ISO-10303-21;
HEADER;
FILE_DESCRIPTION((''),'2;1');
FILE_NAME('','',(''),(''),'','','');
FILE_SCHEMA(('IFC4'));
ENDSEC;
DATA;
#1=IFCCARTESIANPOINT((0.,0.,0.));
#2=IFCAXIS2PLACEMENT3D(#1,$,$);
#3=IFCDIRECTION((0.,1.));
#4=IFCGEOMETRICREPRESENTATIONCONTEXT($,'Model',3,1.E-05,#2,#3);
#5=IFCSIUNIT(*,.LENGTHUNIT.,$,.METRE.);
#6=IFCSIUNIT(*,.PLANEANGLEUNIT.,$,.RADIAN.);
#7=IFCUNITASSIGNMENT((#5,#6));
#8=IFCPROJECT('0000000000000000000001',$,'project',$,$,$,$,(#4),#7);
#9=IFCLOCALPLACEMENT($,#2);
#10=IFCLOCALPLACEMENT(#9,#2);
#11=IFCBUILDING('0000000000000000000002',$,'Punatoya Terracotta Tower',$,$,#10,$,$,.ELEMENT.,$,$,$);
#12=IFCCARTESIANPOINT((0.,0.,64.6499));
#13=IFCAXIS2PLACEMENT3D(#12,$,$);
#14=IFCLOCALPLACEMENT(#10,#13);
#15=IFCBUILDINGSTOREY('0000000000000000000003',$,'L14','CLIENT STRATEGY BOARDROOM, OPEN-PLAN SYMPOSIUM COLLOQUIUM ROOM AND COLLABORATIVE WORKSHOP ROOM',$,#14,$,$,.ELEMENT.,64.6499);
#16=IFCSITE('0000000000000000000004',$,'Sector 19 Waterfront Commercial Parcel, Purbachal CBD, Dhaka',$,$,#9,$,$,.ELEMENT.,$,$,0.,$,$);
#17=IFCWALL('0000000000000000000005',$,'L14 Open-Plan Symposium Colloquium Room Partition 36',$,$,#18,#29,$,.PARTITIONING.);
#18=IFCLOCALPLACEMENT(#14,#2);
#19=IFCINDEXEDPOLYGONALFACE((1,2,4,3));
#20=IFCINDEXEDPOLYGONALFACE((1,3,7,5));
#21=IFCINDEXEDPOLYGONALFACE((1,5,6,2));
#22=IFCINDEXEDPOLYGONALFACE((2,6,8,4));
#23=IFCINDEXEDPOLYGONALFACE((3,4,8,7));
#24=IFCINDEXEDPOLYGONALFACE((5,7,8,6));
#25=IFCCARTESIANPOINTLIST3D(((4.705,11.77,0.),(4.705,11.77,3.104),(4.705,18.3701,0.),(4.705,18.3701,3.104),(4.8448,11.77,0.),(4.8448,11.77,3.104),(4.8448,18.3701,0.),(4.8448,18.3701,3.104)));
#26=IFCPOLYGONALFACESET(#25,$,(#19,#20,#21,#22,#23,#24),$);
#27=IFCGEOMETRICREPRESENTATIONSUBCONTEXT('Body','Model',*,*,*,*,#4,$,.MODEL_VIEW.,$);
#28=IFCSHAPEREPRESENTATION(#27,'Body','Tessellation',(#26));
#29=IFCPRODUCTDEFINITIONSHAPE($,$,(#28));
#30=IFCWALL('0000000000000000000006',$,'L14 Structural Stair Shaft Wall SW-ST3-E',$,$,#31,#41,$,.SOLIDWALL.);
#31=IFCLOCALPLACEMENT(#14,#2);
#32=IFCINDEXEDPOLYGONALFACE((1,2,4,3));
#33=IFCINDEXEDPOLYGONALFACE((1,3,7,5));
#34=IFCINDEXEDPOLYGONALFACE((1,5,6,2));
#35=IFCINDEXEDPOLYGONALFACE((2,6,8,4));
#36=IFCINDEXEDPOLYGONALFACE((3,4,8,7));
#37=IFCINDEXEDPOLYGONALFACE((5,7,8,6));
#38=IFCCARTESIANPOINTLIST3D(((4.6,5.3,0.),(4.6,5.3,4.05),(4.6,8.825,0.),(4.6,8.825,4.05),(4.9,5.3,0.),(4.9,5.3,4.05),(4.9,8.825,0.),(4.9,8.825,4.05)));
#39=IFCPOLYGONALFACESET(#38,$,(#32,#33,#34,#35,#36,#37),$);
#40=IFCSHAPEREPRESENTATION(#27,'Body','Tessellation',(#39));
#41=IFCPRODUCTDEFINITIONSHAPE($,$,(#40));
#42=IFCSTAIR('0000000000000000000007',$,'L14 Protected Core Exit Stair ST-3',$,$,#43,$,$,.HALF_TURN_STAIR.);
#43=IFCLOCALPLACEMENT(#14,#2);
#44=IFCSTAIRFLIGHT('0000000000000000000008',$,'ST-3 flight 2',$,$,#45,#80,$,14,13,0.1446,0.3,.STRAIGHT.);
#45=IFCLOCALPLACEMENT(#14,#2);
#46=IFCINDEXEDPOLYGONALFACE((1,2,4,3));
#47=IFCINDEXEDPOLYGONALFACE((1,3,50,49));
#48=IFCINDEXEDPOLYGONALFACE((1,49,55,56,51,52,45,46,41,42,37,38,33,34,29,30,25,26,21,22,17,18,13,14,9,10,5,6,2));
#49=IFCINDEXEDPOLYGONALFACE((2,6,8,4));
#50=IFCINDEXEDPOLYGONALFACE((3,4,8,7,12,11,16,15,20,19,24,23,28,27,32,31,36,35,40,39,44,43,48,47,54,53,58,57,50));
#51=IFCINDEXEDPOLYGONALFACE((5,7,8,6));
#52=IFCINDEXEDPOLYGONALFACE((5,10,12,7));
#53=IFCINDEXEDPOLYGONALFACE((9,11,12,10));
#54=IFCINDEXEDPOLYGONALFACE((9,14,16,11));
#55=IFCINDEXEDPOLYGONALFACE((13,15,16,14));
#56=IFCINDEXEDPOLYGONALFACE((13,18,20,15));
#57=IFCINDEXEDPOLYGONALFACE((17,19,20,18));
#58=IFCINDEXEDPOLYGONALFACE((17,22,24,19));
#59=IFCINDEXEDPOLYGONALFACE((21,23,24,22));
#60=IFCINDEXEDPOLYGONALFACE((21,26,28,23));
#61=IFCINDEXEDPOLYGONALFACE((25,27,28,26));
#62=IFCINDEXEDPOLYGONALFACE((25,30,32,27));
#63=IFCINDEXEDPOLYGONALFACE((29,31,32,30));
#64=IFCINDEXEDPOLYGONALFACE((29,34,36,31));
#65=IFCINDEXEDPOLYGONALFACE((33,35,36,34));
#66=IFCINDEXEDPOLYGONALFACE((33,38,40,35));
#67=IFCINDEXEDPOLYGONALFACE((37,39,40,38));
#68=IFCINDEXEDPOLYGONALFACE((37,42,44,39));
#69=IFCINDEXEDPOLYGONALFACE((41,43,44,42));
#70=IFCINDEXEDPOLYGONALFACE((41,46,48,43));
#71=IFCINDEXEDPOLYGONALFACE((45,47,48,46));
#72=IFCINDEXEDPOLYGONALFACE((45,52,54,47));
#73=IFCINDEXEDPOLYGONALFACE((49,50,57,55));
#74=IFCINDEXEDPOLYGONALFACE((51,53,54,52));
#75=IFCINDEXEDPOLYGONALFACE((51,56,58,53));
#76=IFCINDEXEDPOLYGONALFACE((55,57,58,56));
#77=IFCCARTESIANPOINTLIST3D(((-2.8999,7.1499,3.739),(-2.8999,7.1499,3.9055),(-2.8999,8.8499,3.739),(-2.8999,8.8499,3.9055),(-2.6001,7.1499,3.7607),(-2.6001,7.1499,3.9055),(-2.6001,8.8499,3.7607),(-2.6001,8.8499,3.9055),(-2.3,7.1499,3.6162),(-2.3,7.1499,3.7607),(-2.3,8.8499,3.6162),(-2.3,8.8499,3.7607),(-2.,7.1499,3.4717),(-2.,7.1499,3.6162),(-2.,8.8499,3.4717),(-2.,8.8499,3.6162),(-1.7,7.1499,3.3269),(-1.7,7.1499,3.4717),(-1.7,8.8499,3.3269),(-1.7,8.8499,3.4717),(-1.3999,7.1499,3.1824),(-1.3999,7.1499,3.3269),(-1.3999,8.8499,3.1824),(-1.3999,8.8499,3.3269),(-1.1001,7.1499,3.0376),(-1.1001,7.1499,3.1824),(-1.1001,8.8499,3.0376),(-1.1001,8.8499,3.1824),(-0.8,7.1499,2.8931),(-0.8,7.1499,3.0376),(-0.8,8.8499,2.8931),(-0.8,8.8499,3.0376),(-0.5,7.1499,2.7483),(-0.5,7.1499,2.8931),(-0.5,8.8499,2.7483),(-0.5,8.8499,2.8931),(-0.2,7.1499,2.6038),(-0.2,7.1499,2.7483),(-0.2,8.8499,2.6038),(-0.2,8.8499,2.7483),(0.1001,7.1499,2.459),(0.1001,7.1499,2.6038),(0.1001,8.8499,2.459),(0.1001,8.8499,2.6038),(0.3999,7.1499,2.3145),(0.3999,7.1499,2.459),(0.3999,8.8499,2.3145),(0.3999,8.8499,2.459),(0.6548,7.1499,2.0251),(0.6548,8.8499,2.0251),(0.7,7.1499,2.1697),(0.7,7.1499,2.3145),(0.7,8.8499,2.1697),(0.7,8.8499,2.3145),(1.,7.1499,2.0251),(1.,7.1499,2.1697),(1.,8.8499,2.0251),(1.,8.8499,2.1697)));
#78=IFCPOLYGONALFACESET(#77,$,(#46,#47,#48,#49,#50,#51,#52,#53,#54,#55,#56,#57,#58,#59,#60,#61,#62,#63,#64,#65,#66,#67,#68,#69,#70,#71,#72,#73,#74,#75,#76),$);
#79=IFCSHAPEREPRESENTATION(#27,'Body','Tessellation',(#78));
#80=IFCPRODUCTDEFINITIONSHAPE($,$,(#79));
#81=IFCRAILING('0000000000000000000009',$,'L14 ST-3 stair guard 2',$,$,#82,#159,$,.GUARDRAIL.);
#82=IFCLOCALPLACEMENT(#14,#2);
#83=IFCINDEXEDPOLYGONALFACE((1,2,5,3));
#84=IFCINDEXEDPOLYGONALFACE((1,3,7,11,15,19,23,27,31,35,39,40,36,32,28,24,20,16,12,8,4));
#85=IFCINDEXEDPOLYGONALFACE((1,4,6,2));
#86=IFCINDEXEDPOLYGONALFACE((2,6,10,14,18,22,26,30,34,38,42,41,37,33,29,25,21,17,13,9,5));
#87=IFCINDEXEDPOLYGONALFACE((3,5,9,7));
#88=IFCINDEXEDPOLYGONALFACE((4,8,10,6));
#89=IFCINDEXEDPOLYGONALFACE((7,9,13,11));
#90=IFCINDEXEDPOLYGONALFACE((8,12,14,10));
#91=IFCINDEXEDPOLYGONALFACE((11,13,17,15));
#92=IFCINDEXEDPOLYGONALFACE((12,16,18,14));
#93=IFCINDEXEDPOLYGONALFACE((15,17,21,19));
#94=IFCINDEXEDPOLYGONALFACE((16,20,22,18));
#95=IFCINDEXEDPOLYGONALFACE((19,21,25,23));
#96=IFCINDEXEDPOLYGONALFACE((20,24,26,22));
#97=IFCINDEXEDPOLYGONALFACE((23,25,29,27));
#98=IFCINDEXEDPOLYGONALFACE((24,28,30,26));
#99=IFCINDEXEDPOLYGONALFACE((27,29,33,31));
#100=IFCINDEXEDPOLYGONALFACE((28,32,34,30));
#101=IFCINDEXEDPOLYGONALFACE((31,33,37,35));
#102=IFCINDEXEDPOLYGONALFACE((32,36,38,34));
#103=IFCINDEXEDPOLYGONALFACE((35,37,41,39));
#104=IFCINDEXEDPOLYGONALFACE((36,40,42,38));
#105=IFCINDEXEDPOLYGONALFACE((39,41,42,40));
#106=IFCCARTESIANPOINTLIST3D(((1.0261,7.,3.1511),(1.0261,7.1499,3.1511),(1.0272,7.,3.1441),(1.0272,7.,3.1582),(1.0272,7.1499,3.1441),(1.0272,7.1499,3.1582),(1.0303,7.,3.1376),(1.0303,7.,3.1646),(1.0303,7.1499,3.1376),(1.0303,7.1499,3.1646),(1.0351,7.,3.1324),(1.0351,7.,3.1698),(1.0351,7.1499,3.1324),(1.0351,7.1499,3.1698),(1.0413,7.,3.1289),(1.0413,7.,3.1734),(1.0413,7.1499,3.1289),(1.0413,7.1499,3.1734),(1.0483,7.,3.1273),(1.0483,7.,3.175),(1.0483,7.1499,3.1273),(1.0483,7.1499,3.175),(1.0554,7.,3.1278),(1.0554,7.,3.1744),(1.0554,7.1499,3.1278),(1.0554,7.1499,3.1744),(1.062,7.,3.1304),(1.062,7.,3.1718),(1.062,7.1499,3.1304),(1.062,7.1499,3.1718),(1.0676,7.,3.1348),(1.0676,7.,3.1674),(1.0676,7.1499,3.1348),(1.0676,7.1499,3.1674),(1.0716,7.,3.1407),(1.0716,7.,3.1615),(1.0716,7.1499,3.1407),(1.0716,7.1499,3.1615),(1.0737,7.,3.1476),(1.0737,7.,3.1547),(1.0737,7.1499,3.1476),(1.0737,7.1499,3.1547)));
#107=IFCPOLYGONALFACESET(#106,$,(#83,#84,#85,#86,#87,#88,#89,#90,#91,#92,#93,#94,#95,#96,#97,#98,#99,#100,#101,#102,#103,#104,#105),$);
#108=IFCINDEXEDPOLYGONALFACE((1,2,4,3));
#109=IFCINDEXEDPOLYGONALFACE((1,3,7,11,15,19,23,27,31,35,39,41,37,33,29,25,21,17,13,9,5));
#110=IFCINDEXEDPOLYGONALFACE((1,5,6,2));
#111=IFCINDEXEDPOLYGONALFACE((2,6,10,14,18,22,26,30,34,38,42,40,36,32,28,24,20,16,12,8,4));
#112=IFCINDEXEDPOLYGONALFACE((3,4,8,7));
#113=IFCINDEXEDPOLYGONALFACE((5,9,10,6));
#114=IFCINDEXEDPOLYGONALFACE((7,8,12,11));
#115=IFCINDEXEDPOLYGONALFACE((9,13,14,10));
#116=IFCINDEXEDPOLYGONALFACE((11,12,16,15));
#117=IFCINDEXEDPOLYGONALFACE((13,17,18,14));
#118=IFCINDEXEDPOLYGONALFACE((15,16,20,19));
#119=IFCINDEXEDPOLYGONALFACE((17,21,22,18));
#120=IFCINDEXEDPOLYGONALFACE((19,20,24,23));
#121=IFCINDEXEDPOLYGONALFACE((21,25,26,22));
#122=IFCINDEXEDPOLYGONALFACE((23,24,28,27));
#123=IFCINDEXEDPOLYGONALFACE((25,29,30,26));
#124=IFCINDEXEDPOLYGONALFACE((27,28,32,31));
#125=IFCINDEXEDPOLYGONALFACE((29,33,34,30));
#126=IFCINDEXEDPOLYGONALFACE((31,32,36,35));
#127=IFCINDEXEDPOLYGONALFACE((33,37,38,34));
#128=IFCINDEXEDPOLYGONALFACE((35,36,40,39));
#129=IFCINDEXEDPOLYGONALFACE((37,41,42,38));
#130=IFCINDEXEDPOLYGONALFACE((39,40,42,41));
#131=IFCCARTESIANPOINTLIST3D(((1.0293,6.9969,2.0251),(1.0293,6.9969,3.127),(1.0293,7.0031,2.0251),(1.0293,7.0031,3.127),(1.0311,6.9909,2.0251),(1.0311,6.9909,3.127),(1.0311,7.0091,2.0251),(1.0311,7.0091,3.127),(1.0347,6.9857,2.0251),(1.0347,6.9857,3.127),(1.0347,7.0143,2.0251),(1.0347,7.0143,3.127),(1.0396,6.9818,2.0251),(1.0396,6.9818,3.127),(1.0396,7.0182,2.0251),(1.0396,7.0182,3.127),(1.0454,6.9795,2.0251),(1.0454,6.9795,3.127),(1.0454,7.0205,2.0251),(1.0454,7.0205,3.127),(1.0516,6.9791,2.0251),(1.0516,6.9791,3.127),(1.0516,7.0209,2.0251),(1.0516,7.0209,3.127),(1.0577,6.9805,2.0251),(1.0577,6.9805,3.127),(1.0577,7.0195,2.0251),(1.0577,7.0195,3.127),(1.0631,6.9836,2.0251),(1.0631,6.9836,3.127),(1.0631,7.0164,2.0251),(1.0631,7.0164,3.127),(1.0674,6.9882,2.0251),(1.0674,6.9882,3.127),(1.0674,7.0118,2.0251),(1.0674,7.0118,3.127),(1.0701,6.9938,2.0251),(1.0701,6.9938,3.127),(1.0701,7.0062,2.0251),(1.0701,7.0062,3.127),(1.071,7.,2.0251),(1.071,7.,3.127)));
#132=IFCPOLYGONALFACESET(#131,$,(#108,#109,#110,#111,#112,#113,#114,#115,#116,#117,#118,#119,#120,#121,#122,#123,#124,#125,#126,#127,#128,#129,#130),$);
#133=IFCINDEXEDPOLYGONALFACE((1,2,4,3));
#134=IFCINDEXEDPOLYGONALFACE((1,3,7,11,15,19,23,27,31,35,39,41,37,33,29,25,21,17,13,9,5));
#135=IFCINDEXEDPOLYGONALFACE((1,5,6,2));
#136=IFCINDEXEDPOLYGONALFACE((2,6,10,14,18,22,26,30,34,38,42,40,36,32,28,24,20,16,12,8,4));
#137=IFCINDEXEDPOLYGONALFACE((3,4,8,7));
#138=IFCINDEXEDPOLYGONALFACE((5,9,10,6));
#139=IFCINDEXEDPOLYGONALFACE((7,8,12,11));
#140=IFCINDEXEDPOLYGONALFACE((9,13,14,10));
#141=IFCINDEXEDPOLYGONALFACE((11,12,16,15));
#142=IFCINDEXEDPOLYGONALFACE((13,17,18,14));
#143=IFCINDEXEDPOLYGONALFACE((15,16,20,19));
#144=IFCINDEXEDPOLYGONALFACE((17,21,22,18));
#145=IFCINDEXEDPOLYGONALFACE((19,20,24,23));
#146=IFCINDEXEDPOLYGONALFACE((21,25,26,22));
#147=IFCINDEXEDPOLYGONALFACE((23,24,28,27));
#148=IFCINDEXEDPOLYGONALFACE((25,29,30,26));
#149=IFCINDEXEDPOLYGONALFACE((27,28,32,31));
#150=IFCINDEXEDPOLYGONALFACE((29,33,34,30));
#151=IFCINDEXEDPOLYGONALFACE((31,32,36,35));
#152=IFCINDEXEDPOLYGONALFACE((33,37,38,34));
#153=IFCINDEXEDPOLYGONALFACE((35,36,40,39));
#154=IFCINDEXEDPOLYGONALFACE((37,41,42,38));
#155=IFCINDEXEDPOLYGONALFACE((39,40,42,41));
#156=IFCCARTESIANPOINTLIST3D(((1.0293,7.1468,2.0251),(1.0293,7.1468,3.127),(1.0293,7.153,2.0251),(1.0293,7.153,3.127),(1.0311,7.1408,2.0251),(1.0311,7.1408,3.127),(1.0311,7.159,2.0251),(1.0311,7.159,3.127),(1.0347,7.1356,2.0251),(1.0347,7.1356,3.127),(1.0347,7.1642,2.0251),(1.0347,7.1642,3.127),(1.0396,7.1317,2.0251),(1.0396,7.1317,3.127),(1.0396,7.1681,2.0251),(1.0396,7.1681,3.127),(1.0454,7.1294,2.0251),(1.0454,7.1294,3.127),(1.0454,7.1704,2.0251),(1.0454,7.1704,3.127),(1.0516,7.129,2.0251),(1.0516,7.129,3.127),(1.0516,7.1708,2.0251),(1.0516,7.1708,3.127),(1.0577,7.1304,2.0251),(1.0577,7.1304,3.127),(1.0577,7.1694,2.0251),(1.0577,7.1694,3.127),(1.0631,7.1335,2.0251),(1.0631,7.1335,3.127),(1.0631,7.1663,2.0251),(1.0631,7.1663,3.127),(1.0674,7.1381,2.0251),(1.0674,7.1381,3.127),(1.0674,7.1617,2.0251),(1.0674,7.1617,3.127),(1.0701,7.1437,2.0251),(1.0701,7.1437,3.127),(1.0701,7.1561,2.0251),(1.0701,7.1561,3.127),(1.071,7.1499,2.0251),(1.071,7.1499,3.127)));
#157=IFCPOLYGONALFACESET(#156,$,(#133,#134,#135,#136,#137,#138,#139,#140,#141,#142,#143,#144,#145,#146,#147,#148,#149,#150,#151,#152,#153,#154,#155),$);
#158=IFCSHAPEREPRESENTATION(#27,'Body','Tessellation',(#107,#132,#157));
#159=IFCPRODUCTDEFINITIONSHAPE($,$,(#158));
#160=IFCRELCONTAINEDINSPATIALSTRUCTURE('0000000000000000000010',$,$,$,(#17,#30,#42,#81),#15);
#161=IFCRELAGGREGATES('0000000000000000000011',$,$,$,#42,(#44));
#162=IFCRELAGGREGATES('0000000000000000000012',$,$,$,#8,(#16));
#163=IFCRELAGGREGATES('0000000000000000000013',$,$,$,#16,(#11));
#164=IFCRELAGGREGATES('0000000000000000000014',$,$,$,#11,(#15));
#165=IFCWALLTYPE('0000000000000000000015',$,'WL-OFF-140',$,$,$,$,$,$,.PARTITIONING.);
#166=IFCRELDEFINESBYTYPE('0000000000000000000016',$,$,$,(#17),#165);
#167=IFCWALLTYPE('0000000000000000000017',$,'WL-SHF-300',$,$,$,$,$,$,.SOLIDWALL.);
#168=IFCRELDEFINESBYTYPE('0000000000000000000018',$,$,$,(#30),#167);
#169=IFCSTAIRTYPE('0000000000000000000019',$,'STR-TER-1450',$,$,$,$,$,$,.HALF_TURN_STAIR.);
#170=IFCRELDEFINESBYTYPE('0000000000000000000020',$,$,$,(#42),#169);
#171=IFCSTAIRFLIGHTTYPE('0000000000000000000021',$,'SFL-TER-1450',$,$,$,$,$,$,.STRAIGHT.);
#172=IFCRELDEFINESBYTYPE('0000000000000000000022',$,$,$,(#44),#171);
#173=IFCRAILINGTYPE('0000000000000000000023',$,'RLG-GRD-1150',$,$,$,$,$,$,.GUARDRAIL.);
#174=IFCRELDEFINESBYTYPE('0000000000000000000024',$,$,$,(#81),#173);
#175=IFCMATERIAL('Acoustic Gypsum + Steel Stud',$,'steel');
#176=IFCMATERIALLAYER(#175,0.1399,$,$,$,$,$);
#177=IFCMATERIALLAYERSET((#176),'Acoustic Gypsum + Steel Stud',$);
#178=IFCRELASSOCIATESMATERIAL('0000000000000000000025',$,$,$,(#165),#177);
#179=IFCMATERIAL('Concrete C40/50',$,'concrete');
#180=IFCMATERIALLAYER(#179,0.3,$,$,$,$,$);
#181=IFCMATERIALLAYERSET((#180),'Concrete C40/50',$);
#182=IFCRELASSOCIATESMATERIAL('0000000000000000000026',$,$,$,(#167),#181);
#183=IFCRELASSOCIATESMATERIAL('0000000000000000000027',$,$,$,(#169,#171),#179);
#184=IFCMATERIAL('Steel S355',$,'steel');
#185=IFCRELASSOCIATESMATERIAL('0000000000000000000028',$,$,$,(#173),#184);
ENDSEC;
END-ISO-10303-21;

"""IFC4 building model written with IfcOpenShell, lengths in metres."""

from ifc_helpers import new_model, si_unit, direction, frame, frame_2d, origin, origin_2d, place, context, subcontext, project, spatial, polyline, rectangle, circle, outline, extrude, material, layer, layer_set, type_object, element, aggregate, save


model = new_model("IFC4")

# Units and contexts
model_context = context("Model", 3, precision=1e-05, world=origin(), true_north=direction((0.0, 1.0)))
body_context = subcontext(model_context, "Body", "Model", "MODEL_VIEW")
ifc_project = project(units=[si_unit("LENGTHUNIT", "METRE"), si_unit("PLANEANGLEUNIT", "RADIAN")], contexts=[model_context])

# Site, building, storey
site_placement = place(None, origin())
site = spatial("IfcSite", under=ifc_project, at=site_placement, Name="Sector 19 Waterfront Commercial Parcel, Purbachal CBD, Dhaka", CompositionType="ELEMENT", RefElevation=0.0)
building_placement = place(site_placement, origin())
building = spatial("IfcBuilding", under=site, at=building_placement, Name="Punatoya Terracotta Tower", CompositionType="ELEMENT")
storey_placement = place(building_placement, frame((0.0, 0.0, 64.6499)))
storey = spatial("IfcBuildingStorey", under=building, at=storey_placement, Name="L14", Description="CLIENT STRATEGY BOARDROOM, OPEN-PLAN SYMPOSIUM COLLOQUIUM ROOM AND COLLABORATIVE WORKSHOP ROOM", CompositionType="ELEMENT", Elevation=64.6499)

# Shared definitions
ifc_material_1 = material(Name="Steel S355", Category="steel")

# Walls
ifc_material_2 = material(Name="Acoustic Gypsum + Steel Stud", Category="steel")
ifc_layer_1 = layer(ifc_material_2, 0.1399)
ifc_layer_set_1 = layer_set([ifc_layer_1], Name="Acoustic Gypsum + Steel Stud")
wall_type_1 = type_object("IfcWallType", Name="WL-OFF-140", PredefinedType="PARTITIONING", material=ifc_layer_set_1)
wall_1_placement = place(storey_placement, frame((4.7749, 11.77, 0.0), z_axis=(0.0, 0.0, 1.0), x_axis=(0.0, 1.0, 0.0)))
element("IfcWall", 1, at=wall_1_placement, inside=storey, type_object=wall_type_1, Name="L14 Open-Plan Symposium Colloquium Room Partition 36", PredefinedType="PARTITIONING", context=body_context, shape_type="SweptSolid", body=[
    extrude(rectangle(XDim=6.6001, YDim=0.1399, at=frame_2d((3.3, 0.0))), origin(), (0.0, 0.0, 1.0), 3.104),
])
ifc_material_3 = material(Name="Concrete C40/50", Category="concrete")
ifc_layer_2 = layer(ifc_material_3, 0.3)
ifc_layer_set_2 = layer_set([ifc_layer_2], Name="Concrete C40/50")
wall_type_2 = type_object("IfcWallType", Name="WL-SHF-300", PredefinedType="SOLIDWALL", material=ifc_layer_set_2)
wall_2_placement = place(storey_placement, frame((4.75, 8.825, 0.0), z_axis=(0.0, 0.0, 1.0), x_axis=(0.0, -1.0, 0.0)))
element("IfcWall", 2, at=wall_2_placement, inside=storey, type_object=wall_type_2, Name="L14 Structural Stair Shaft Wall SW-ST3-E", PredefinedType="SOLIDWALL", context=body_context, shape_type="SweptSolid", body=[
    extrude(rectangle(XDim=3.5249, YDim=0.3, at=frame_2d((1.7625, 0.0))), origin(), (0.0, 0.0, 1.0), 4.05),
])

# Stair, stair flight
stair_type = type_object("IfcStairType", Name="STR-TER-1450", PredefinedType="HALF_TURN_STAIR", material=ifc_material_3)
stair_placement = place(storey_placement, origin())
stair = element("IfcStair", 3, at=stair_placement, inside=storey, type_object=stair_type, Name="L14 Protected Core Exit Stair ST-3", PredefinedType="HALF_TURN_STAIR")
stair_flight_type = type_object("IfcStairFlightType", Name="SFL-TER-1450", PredefinedType="STRAIGHT", material=ifc_material_3)
stair_flight_placement = place(storey_placement, frame((1.0, 8.0, 2.0251), z_axis=(0.0, 0.0, 1.0), x_axis=(-1.0, 0.0, 0.0)))
stair_flight = element("IfcStairFlight", 4, at=stair_flight_placement, type_object=stair_flight_type, Name="ST-3 flight 2", NumberOfRisers=14, NumberOfTreads=13, PredefinedType="STRAIGHT", RiserHeight=0.1446, TreadLength=0.3, context=body_context, shape_type="SweptSolid", body=[
    extrude(outline(polyline([(0.0, 0.0), (0.0, 0.1445), (0.3, 0.1445), (0.3, 0.2893), (0.6001, 0.2893), (0.6001, 0.4338), (0.8999, 0.4338), (0.8999, 0.5786), (1.2, 0.5786), (1.2, 0.7231), (1.5, 0.7231), (1.5, 0.8679), (1.8, 0.8679), (1.8, 1.0125), (2.1001, 1.0125), (2.1001, 1.1572), (2.3999, 1.1572), (2.3999, 1.3018), (2.7, 1.3018), (2.7, 1.4465), (3.0, 1.4465), (3.0, 1.5911), (3.3, 1.5911), (3.3, 1.7356), (3.6001, 1.7356), (3.6001, 1.8804), (3.8999, 1.8804), (3.8999, 2.0249), (3.8999, 1.7139), (0.3452, 0.0), (0.0, 0.0)])), frame((0.0, 0.8501, 0.0), z_axis=(0.0, -1.0, 0.0), x_axis=(1.0, 0.0, 0.0)), (0.0, 0.0, 1.0), 1.7),
])
aggregate(stair, [stair_flight])

# Railing
railing_type_1 = type_object("IfcRailingType", Name="RLG-GRD-1150", PredefinedType="GUARDRAIL", material=ifc_material_1)
railing_1_placement = place(storey_placement, frame((1.05, 7.0, 2.0251)))
element("IfcRailing", 5, at=railing_1_placement, inside=storey, type_object=railing_type_1, Name="L14 ST-3 stair guard 2", PredefinedType="GUARDRAIL", context=body_context, shape_type="SweptSolid", body=[
    extrude(circle(Radius=0.0239, at=origin_2d()), frame((0.0, 0.0, 1.126), z_axis=(0.0, 1.0, 0.0), x_axis=(-1.0, 0.0, 0.0)), (0.0, 0.0, 1.0), 0.1499),
    extrude(circle(Radius=0.021, at=origin_2d()), origin(), (0.0, 0.0, 1.0), 1.1018),
    extrude(circle(Radius=0.021, at=origin_2d()), frame((0.0, 0.1499, 0.0)), (0.0, 0.0, 1.0), 1.1018),
])

save(model, "model.ifc")
